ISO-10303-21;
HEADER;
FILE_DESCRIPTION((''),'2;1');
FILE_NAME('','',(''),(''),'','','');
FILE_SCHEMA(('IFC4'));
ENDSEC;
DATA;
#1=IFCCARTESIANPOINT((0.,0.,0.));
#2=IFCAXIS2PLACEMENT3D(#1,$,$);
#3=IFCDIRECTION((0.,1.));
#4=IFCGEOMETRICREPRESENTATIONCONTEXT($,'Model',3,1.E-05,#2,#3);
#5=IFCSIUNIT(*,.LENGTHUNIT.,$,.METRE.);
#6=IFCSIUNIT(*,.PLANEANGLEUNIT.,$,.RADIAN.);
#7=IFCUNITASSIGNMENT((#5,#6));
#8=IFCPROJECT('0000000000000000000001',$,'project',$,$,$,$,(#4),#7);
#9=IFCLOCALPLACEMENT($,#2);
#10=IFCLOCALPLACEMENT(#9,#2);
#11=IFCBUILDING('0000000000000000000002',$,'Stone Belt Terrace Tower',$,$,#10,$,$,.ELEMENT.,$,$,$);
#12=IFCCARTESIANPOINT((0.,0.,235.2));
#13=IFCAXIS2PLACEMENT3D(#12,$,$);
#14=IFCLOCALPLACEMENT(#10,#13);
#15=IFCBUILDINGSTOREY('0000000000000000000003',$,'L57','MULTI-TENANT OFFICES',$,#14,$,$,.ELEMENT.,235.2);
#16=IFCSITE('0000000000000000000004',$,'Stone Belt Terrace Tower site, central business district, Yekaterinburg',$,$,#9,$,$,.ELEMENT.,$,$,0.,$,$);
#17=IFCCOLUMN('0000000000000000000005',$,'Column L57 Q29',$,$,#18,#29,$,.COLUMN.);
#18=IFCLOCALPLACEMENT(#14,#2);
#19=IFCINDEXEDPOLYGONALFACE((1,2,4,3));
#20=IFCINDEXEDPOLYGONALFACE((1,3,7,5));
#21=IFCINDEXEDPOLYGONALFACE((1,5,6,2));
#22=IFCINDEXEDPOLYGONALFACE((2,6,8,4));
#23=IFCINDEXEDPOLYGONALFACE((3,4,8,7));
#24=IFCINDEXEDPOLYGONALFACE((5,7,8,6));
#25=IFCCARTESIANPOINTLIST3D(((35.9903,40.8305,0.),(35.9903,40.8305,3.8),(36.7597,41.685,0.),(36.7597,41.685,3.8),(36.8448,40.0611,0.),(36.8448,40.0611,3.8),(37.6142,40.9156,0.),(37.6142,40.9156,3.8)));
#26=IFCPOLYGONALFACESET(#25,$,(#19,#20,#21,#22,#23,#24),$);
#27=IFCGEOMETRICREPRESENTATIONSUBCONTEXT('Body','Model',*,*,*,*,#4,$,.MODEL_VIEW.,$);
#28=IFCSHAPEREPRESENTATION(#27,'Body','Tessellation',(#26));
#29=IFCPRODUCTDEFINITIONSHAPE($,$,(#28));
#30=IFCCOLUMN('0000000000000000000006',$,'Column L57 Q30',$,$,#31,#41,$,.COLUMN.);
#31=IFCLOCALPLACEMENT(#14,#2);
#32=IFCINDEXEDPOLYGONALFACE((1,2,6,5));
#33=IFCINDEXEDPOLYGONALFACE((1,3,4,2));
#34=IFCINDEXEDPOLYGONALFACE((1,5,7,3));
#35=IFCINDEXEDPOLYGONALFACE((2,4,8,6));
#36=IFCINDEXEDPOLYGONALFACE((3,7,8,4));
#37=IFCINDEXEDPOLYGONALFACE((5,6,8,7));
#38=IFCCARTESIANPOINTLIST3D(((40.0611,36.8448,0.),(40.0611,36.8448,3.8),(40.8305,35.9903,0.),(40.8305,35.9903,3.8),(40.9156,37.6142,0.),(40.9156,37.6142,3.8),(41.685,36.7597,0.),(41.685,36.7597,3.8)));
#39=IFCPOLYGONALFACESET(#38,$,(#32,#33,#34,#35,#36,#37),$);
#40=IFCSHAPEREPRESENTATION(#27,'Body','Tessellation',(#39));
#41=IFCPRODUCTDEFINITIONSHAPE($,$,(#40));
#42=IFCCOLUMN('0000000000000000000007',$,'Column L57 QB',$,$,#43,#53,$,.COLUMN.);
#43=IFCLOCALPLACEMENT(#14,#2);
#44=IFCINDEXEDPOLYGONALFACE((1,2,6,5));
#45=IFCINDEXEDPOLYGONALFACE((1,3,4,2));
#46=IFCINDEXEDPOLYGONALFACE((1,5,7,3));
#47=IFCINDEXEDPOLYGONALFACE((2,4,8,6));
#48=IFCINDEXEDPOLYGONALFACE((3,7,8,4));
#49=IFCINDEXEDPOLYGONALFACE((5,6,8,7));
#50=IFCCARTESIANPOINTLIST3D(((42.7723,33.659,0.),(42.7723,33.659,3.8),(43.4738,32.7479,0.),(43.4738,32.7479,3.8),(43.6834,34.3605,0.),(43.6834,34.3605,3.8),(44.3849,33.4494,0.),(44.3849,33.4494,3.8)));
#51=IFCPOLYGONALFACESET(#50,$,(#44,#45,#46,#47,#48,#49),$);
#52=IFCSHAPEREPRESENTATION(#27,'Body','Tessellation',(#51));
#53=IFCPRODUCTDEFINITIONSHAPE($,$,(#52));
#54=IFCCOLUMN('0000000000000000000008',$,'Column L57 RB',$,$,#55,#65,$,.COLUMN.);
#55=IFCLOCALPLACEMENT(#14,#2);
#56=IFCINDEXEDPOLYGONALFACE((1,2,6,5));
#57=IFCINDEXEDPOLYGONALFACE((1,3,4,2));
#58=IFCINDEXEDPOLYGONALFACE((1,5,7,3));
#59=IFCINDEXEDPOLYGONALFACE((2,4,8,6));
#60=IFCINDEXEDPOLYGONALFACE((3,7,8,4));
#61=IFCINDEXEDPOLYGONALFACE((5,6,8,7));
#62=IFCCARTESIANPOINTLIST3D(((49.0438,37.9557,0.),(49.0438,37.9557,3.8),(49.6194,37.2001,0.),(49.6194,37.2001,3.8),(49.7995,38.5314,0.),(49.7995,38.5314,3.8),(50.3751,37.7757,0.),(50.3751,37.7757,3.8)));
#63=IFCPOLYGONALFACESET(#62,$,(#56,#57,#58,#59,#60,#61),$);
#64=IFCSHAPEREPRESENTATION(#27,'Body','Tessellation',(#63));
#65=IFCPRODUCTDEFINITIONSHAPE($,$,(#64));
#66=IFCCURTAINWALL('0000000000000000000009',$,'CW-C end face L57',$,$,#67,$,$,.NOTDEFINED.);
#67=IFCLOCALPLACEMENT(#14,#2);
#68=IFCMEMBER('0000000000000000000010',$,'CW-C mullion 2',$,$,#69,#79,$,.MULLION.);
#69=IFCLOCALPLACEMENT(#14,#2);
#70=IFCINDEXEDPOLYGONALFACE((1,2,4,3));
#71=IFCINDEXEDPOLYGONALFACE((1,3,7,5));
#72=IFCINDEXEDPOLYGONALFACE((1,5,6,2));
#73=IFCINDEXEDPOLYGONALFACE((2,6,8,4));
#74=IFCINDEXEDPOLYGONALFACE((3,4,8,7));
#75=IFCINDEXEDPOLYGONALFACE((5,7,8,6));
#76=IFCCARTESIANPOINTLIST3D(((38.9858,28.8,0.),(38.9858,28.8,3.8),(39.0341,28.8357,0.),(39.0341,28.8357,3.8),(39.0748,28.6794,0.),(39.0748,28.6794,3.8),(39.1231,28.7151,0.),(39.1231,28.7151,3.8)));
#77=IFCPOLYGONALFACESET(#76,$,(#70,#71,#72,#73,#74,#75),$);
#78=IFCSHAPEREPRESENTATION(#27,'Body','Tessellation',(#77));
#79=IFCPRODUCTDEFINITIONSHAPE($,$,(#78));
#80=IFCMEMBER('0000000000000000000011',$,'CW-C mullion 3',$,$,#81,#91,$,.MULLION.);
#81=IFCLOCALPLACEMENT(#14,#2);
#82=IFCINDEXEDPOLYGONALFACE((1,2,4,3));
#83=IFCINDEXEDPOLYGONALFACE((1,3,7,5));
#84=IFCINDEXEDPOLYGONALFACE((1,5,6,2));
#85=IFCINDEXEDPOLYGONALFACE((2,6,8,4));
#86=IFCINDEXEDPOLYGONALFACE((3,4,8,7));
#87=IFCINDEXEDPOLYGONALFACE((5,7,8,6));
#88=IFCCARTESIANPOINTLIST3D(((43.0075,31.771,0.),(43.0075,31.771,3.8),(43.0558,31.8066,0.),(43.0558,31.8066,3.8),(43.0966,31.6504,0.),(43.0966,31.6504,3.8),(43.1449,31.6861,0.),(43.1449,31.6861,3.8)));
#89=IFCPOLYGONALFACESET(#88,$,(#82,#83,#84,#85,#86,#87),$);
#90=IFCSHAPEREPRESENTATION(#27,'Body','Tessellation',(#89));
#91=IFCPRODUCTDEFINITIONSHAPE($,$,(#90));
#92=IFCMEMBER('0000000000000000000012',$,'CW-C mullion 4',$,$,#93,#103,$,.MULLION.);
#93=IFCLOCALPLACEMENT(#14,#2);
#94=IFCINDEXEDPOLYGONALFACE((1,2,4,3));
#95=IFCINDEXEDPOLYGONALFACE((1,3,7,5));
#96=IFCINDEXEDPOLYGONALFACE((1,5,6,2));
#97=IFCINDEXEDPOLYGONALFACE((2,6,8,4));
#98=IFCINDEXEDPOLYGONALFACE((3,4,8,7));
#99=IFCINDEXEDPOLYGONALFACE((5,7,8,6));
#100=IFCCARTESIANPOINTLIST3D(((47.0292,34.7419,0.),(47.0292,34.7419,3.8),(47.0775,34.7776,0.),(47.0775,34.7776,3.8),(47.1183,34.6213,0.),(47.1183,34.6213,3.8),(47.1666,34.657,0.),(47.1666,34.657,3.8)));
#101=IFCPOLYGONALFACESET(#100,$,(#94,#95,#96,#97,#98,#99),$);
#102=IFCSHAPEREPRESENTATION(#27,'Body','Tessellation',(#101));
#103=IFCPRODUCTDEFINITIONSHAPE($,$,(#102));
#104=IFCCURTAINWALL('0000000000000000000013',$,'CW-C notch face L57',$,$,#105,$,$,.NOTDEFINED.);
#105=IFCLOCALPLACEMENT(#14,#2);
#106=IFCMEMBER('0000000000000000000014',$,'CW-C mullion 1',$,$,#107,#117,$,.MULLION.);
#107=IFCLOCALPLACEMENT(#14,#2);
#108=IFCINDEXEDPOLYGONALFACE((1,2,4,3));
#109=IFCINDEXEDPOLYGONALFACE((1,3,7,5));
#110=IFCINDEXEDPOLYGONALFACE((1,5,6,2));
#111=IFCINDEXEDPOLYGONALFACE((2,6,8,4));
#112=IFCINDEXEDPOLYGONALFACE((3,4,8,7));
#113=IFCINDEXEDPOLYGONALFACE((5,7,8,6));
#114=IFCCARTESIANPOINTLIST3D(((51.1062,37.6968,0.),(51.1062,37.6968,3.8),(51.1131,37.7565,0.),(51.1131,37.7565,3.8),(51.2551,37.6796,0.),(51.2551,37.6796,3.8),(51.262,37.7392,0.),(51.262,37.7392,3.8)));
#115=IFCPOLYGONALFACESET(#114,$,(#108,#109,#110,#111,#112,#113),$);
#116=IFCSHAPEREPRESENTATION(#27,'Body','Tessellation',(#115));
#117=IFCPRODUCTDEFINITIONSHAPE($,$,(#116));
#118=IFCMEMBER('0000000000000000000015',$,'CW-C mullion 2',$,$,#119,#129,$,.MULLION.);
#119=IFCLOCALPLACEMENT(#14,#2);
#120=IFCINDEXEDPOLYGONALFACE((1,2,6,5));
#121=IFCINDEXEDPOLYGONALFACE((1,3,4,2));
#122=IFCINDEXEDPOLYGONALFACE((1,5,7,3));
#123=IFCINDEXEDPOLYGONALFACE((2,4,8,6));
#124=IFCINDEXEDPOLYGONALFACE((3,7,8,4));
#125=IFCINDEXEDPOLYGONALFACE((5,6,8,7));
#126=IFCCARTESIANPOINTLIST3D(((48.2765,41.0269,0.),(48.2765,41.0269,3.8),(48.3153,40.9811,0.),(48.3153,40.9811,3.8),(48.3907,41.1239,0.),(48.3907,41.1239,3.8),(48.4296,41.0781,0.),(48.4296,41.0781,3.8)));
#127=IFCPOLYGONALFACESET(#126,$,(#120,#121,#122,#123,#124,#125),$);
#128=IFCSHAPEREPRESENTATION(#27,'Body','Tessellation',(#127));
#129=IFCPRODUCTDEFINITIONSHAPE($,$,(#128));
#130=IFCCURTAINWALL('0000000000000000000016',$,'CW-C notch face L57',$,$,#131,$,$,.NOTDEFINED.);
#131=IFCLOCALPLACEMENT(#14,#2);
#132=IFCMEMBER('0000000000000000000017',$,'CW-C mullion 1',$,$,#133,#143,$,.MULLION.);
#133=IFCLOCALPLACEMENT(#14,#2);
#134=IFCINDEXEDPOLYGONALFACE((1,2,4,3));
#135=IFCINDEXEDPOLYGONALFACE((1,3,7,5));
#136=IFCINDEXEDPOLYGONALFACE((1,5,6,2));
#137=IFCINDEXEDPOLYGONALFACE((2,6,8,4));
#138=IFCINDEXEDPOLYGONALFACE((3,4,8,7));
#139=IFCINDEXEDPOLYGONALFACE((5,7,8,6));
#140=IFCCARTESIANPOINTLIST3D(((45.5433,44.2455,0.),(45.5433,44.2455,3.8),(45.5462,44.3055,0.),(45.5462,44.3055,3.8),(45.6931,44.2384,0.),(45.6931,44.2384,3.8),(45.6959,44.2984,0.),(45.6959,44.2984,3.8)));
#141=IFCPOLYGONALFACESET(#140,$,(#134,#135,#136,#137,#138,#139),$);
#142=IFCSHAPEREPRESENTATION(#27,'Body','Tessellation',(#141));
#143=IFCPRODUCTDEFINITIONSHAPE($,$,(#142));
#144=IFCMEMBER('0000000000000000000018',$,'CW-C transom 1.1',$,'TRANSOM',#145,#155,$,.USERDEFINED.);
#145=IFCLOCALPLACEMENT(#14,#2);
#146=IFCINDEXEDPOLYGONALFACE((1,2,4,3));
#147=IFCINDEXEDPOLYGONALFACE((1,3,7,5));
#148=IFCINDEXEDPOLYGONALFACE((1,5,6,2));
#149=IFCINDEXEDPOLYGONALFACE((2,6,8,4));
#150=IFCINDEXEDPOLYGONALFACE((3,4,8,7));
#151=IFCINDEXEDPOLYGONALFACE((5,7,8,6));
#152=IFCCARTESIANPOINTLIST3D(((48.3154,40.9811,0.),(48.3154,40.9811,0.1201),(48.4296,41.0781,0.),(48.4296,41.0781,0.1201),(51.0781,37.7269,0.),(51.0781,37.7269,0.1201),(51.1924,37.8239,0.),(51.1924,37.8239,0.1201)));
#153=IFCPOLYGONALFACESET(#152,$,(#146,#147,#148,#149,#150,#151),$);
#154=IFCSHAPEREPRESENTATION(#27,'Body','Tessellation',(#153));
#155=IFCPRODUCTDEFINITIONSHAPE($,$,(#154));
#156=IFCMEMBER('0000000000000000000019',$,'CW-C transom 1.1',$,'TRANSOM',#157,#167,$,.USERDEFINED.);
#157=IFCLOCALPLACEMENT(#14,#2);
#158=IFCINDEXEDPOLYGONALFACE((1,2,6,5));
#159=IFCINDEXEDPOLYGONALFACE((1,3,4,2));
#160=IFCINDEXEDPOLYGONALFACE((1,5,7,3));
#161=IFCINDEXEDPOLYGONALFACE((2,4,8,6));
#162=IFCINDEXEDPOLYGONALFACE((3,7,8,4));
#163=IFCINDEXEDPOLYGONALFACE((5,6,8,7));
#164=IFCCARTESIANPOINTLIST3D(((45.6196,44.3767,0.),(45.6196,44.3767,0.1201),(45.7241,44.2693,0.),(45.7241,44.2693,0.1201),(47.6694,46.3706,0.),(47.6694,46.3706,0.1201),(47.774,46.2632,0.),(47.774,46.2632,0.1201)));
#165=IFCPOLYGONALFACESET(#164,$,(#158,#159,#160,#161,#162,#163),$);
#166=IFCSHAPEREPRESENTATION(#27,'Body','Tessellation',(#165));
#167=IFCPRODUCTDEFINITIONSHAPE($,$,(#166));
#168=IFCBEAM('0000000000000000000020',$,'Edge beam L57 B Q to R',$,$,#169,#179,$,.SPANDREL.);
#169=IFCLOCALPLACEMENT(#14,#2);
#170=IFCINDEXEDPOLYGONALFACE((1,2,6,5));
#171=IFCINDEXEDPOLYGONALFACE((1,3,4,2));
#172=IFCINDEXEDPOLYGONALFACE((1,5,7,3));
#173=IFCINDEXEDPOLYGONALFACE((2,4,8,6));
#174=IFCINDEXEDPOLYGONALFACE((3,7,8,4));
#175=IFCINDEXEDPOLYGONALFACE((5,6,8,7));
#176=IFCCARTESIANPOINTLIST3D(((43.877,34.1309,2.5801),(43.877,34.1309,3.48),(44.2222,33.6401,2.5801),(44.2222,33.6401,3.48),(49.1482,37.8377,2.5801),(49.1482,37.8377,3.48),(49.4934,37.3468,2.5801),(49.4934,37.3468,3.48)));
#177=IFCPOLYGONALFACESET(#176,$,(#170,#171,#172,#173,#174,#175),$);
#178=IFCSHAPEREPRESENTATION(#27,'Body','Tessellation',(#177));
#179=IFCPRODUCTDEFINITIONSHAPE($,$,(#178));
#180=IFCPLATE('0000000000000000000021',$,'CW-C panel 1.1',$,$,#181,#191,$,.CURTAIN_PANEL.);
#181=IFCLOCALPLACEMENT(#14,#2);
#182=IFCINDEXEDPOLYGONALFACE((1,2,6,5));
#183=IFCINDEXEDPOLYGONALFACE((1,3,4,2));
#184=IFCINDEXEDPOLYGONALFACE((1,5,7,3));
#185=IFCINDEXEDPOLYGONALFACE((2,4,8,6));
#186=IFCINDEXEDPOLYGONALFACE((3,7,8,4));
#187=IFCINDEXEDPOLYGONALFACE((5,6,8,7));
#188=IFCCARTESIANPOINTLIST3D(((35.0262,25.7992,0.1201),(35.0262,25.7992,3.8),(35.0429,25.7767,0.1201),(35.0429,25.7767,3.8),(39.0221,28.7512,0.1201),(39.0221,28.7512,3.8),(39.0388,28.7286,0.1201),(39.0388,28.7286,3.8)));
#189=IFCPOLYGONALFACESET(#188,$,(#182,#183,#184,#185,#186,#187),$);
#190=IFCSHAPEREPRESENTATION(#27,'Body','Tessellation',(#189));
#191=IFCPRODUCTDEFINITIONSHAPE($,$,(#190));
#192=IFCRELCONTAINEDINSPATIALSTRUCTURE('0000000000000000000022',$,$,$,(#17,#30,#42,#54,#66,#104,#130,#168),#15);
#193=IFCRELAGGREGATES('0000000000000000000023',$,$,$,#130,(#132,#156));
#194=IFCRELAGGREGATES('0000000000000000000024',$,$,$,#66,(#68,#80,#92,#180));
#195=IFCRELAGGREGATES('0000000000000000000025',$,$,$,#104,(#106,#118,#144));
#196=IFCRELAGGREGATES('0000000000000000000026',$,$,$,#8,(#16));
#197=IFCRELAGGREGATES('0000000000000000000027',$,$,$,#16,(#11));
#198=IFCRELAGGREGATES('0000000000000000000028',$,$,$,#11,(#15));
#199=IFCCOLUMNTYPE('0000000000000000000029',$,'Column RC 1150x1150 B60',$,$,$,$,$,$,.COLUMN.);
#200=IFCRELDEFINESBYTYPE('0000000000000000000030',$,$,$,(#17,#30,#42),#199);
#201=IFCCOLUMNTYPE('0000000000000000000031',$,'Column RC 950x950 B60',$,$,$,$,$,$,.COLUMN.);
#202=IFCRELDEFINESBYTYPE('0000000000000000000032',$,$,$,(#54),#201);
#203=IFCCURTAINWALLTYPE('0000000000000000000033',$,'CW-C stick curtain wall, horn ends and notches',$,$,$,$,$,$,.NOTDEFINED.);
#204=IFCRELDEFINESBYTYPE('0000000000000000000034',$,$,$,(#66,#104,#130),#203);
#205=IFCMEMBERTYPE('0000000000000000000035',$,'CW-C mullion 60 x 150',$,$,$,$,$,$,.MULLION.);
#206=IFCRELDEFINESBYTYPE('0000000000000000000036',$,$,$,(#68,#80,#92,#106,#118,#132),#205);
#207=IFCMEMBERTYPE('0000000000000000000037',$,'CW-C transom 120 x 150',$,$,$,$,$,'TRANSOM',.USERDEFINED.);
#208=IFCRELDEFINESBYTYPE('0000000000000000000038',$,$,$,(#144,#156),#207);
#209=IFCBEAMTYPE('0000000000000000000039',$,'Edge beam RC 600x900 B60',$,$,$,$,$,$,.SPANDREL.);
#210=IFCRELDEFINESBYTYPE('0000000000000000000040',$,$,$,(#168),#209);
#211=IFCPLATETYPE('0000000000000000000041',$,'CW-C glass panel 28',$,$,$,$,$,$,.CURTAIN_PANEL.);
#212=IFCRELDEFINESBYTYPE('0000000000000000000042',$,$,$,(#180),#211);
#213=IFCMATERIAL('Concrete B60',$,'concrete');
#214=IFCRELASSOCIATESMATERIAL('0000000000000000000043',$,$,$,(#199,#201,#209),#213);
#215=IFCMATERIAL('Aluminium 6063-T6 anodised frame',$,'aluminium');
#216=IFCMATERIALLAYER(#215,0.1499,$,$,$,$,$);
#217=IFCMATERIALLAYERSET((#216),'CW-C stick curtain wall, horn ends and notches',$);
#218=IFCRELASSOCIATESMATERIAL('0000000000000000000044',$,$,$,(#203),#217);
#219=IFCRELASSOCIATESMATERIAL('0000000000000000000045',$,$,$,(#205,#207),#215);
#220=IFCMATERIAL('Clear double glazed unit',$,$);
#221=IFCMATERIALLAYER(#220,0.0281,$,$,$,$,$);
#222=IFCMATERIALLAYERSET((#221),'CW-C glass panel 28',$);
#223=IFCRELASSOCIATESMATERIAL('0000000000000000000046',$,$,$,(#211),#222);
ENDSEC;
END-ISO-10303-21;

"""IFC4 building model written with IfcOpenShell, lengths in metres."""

from ifc_helpers import new_model, si_unit, direction, frame, origin, origin_2d, place, context, subcontext, project, spatial, rectangle, extrude, material, layer, layer_set, material_profile, profile_set, type_object, element, aggregate, save


model = new_model("IFC4")

# Units and contexts
model_context = context("Model", 3, precision=1e-05, world=origin(), true_north=direction((0.0, 1.0)))
body_context = subcontext(model_context, "Body", "Model", "MODEL_VIEW")
ifc_project = project(units=[si_unit("LENGTHUNIT", "METRE"), si_unit("PLANEANGLEUNIT", "RADIAN")], contexts=[model_context])

# Site, building, storey
site_placement = place(None, origin())
site = spatial("IfcSite", under=ifc_project, at=site_placement, Name="Stone Belt Terrace Tower site, central business district, Yekaterinburg", CompositionType="ELEMENT", RefElevation=0.0)
building_placement = place(site_placement, origin())
building = spatial("IfcBuilding", under=site, at=building_placement, Name="Stone Belt Terrace Tower", CompositionType="ELEMENT")
storey_placement = place(building_placement, frame((0.0, 0.0, 235.2)))
storey = spatial("IfcBuildingStorey", under=building, at=storey_placement, Name="L57", Description="MULTI-TENANT OFFICES", CompositionType="ELEMENT", Elevation=235.2)

# Columns
ifc_material_1 = material(Name="Concrete B60", Category="concrete")
ifc_material_profile_1 = material_profile(ifc_material_1, rectangle(XDim=1.1499, YDim=1.1499, at=origin_2d()), Name="RC 1150x1150")
ifc_profile_set_1 = profile_set([ifc_material_profile_1], Name="Concrete B60")
column_type_1 = type_object("IfcColumnType", Name="Column RC 1150x1150 B60", PredefinedType="COLUMN", material=ifc_profile_set_1)
for number, where, z_axis, x_axis, name in (
    (1, (36.8022, 40.873, 0.0), (0.0, 0.0, 1.0), (0.743145, -0.669131, 0.0), "Column L57 Q29"),
    (2, (40.873, 36.8022, 0.0), (0.0, 0.0, 1.0), (0.669131, -0.743145, 0.0), "Column L57 Q30"),
    (3, (43.5786, 33.5542, 0.0), (0.0, 0.0, 1.0), (0.610079, -0.792341, 0.0), "Column L57 QB"),
):
    element("IfcColumn", number, at=place(storey_placement, frame(where, z_axis=z_axis, x_axis=x_axis)), inside=storey, type_object=column_type_1, Name=name, PredefinedType="COLUMN", context=body_context, shape_type="SweptSolid", body=[
        extrude(rectangle(XDim=1.1499, YDim=1.1499, at=origin_2d()), origin(), (0.0, 0.0, 1.0), 3.8),
    ])
ifc_material_profile_2 = material_profile(ifc_material_1, rectangle(XDim=0.95, YDim=0.95, at=origin_2d()), Name="RC 950x950")
ifc_profile_set_2 = profile_set([ifc_material_profile_2], Name="Concrete B60")
column_type_2 = type_object("IfcColumnType", Name="Column RC 950x950 B60", PredefinedType="COLUMN", material=ifc_profile_set_2)
column_placement = place(storey_placement, frame((49.7095, 37.8657, 0.0), z_axis=(0.0, 0.0, 1.0), x_axis=(0.605961, -0.795495, 0.0)))
element("IfcColumn", 4, at=column_placement, inside=storey, type_object=column_type_2, Name="Column L57 RB", PredefinedType="COLUMN", context=body_context, shape_type="SweptSolid", body=[
    extrude(rectangle(XDim=0.95, YDim=0.95, at=origin_2d()), origin(), (0.0, 0.0, 1.0), 3.8),
])

# Curtain walls, members
ifc_material_2 = material(Name="Aluminium 6063-T6 anodised frame", Category="aluminium")
ifc_layer_1 = layer(ifc_material_2, 0.1499)
ifc_layer_set_1 = layer_set([ifc_layer_1], Name="CW-C stick curtain wall, horn ends and notches")
curtain_wall_type = type_object("IfcCurtainWallType", Name="CW-C stick curtain wall, horn ends and notches", PredefinedType="NOTDEFINED", material=ifc_layer_set_1)
curtain_wall_1_placement = place(storey_placement, origin())
curtain_wall_1 = element("IfcCurtainWall", 5, at=curtain_wall_1_placement, inside=storey, type_object=curtain_wall_type, Name="CW-C end face L57", PredefinedType="NOTDEFINED")
ifc_material_profile_3 = material_profile(ifc_material_2, rectangle(XDim=0.1499, YDim=0.0601, at=origin_2d()), Name="Aluminium 6063-T6 60x150")
ifc_profile_set_3 = profile_set([ifc_material_profile_3], Name="Aluminium 6063-T6 anodised frame")
member_type_1 = type_object("IfcMemberType", Name="CW-C mullion 60 x 150", PredefinedType="MULLION", material=ifc_profile_set_3)
member_1_placement = place(storey_placement, frame((39.0544, 28.7576, 0.0), z_axis=(0.0, 0.0, 1.0), x_axis=(-0.594184, 0.804329, 0.0)))
member_1 = element("IfcMember", 6, at=member_1_placement, type_object=member_type_1, Name="CW-C mullion 2", PredefinedType="MULLION", context=body_context, shape_type="SweptSolid", body=[
    extrude(rectangle(XDim=0.1499, YDim=0.0601, at=origin_2d()), origin(), (0.0, 0.0, 1.0), 3.8),
])
member_2_placement = place(storey_placement, frame((43.0762, 31.7285, 0.0), z_axis=(0.0, 0.0, 1.0), x_axis=(-0.594184, 0.804329, 0.0)))
member_2 = element("IfcMember", 7, at=member_2_placement, type_object=member_type_1, Name="CW-C mullion 3", PredefinedType="MULLION", context=body_context, shape_type="SweptSolid", body=[
    extrude(rectangle(XDim=0.1499, YDim=0.0601, at=origin_2d()), origin(), (0.0, 0.0, 1.0), 3.8),
])
member_3_placement = place(storey_placement, frame((47.0979, 34.6995, 0.0), z_axis=(0.0, 0.0, 1.0), x_axis=(-0.594184, 0.804329, 0.0)))
member_3 = element("IfcMember", 8, at=member_3_placement, type_object=member_type_1, Name="CW-C mullion 4", PredefinedType="MULLION", context=body_context, shape_type="SweptSolid", body=[
    extrude(rectangle(XDim=0.1499, YDim=0.0601, at=origin_2d()), origin(), (0.0, 0.0, 1.0), 3.8),
])
curtain_wall_2_placement = place(storey_placement, origin())
curtain_wall_2 = element("IfcCurtainWall", 9, at=curtain_wall_2_placement, inside=storey, type_object=curtain_wall_type, Name="CW-C notch face L57", PredefinedType="NOTDEFINED")
member_4_placement = place(storey_placement, frame((51.1841, 37.718, 0.0), z_axis=(0.0, 0.0, 1.0), x_axis=(-0.993359, 0.115057, 0.0)))
member_4 = element("IfcMember", 10, at=member_4_placement, type_object=member_type_1, Name="CW-C mullion 1", PredefinedType="MULLION", context=body_context, shape_type="SweptSolid", body=[
    extrude(rectangle(XDim=0.1499, YDim=0.0601, at=origin_2d()), origin(), (0.0, 0.0, 1.0), 3.8),
])
member_5_placement = place(storey_placement, frame((48.353, 41.0525, 0.0), z_axis=(0.0, 0.0, 1.0), x_axis=(-0.762311, -0.647211, 0.0)))
member_5 = element("IfcMember", 11, at=member_5_placement, type_object=member_type_1, Name="CW-C mullion 2", PredefinedType="MULLION", context=body_context, shape_type="SweptSolid", body=[
    extrude(rectangle(XDim=0.1499, YDim=0.0601, at=origin_2d()), origin(), (0.0, 0.0, 1.0), 3.8),
])

# Curtain wall, member
curtain_wall_3_placement = place(storey_placement, origin())
curtain_wall_3 = element("IfcCurtainWall", 12, at=curtain_wall_3_placement, inside=storey, type_object=curtain_wall_type, Name="CW-C notch face L57", PredefinedType="NOTDEFINED")
member_6_placement = place(storey_placement, frame((45.6196, 44.272, 0.0), z_axis=(0.0, 0.0, 1.0), x_axis=(-0.998865, 0.047626, 0.0)))
member_6 = element("IfcMember", 13, at=member_6_placement, type_object=member_type_1, Name="CW-C mullion 1", PredefinedType="MULLION", context=body_context, shape_type="SweptSolid", body=[
    extrude(rectangle(XDim=0.1499, YDim=0.0601, at=origin_2d()), origin(), (0.0, 0.0, 1.0), 3.8),
])

# Members
ifc_material_profile_4 = material_profile(ifc_material_2, rectangle(XDim=0.1499, YDim=0.1201, at=origin_2d()), Name="Aluminium 6063-T6 150x120")
ifc_profile_set_4 = profile_set([ifc_material_profile_4], Name="Aluminium 6063-T6 anodised frame")
member_type_2 = type_object("IfcMemberType", Name="CW-C transom 120 x 150", ElementType="TRANSOM", PredefinedType="USERDEFINED", material=ifc_profile_set_4)
member_7_placement = place(storey_placement, frame((51.1353, 37.7754, 0.0601), z_axis=(-0.647195, 0.762324, 0.0), x_axis=(-0.762324, -0.647195, 0.0)))
member_7 = element("IfcMember", 14, at=member_7_placement, type_object=member_type_2, Name="CW-C transom 1.1", ObjectType="TRANSOM", PredefinedType="USERDEFINED", context=body_context, shape_type="SweptSolid", body=[
    extrude(rectangle(XDim=0.1499, YDim=0.1201, at=origin_2d()), origin(), (0.0, 0.0, 1.0), 4.2688),
])
member_8_placement = place(storey_placement, frame((45.6719, 44.323, 0.0601), z_axis=(0.716815, 0.697264, 0.0), x_axis=(-0.697264, 0.716815, 0.0)))
member_8 = element("IfcMember", 15, at=member_8_placement, type_object=member_type_2, Name="CW-C transom 1.1", ObjectType="TRANSOM", PredefinedType="USERDEFINED", context=body_context, shape_type="SweptSolid", body=[
    extrude(rectangle(XDim=0.1499, YDim=0.1201, at=origin_2d()), origin(), (0.0, 0.0, 1.0), 2.8596),
])
aggregate(curtain_wall_3, [member_6, member_8])

# Beam
ifc_material_profile_5 = material_profile(ifc_material_1, rectangle(XDim=0.6001, YDim=0.8999, at=origin_2d()), Name="RC 600x900")
ifc_profile_set_5 = profile_set([ifc_material_profile_5], Name="Concrete B60")
beam_type = type_object("IfcBeamType", Name="Edge beam RC 600x900 B60", PredefinedType="SPANDREL", material=ifc_profile_set_5)
beam_placement = place(storey_placement, frame((44.0496, 33.8855, 3.03), z_axis=(0.817997, 0.575223, 0.0), x_axis=(-0.575223, 0.817997, 0.0)))
element("IfcBeam", 16, at=beam_placement, inside=storey, type_object=beam_type, Name="Edge beam L57 B Q to R", PredefinedType="SPANDREL", context=body_context, shape_type="SweptSolid", body=[
    extrude(rectangle(XDim=0.6001, YDim=0.8999, at=origin_2d()), origin(), (0.0, 0.0, 1.0), 6.4441),
])

# Plate
ifc_material_3 = material(Name="Clear double glazed unit")
ifc_layer_2 = layer(ifc_material_3, 0.0281)
ifc_layer_set_2 = layer_set([ifc_layer_2], Name="CW-C glass panel 28")
plate_type = type_object("IfcPlateType", Name="CW-C glass panel 28", PredefinedType="CURTAIN_PANEL", material=ifc_layer_set_2)
plate_1_placement = place(storey_placement, frame((37.0325, 27.2639, 0.1201), z_axis=(0.0, 0.0, 1.0), x_axis=(0.804329, 0.594184, 0.0)))
plate_1 = element("IfcPlate", 17, at=plate_1_placement, type_object=plate_type, Name="CW-C panel 1.1", PredefinedType="CURTAIN_PANEL", context=body_context, shape_type="SweptSolid", body=[
    extrude(rectangle(XDim=4.968, YDim=0.0281, at=origin_2d()), origin(), (0.0, 0.0, 1.0), 3.6799),
])
aggregate(curtain_wall_1, [member_1, member_2, member_3, plate_1])
aggregate(curtain_wall_2, [member_4, member_5, member_7])

save(model, "model.ifc")
